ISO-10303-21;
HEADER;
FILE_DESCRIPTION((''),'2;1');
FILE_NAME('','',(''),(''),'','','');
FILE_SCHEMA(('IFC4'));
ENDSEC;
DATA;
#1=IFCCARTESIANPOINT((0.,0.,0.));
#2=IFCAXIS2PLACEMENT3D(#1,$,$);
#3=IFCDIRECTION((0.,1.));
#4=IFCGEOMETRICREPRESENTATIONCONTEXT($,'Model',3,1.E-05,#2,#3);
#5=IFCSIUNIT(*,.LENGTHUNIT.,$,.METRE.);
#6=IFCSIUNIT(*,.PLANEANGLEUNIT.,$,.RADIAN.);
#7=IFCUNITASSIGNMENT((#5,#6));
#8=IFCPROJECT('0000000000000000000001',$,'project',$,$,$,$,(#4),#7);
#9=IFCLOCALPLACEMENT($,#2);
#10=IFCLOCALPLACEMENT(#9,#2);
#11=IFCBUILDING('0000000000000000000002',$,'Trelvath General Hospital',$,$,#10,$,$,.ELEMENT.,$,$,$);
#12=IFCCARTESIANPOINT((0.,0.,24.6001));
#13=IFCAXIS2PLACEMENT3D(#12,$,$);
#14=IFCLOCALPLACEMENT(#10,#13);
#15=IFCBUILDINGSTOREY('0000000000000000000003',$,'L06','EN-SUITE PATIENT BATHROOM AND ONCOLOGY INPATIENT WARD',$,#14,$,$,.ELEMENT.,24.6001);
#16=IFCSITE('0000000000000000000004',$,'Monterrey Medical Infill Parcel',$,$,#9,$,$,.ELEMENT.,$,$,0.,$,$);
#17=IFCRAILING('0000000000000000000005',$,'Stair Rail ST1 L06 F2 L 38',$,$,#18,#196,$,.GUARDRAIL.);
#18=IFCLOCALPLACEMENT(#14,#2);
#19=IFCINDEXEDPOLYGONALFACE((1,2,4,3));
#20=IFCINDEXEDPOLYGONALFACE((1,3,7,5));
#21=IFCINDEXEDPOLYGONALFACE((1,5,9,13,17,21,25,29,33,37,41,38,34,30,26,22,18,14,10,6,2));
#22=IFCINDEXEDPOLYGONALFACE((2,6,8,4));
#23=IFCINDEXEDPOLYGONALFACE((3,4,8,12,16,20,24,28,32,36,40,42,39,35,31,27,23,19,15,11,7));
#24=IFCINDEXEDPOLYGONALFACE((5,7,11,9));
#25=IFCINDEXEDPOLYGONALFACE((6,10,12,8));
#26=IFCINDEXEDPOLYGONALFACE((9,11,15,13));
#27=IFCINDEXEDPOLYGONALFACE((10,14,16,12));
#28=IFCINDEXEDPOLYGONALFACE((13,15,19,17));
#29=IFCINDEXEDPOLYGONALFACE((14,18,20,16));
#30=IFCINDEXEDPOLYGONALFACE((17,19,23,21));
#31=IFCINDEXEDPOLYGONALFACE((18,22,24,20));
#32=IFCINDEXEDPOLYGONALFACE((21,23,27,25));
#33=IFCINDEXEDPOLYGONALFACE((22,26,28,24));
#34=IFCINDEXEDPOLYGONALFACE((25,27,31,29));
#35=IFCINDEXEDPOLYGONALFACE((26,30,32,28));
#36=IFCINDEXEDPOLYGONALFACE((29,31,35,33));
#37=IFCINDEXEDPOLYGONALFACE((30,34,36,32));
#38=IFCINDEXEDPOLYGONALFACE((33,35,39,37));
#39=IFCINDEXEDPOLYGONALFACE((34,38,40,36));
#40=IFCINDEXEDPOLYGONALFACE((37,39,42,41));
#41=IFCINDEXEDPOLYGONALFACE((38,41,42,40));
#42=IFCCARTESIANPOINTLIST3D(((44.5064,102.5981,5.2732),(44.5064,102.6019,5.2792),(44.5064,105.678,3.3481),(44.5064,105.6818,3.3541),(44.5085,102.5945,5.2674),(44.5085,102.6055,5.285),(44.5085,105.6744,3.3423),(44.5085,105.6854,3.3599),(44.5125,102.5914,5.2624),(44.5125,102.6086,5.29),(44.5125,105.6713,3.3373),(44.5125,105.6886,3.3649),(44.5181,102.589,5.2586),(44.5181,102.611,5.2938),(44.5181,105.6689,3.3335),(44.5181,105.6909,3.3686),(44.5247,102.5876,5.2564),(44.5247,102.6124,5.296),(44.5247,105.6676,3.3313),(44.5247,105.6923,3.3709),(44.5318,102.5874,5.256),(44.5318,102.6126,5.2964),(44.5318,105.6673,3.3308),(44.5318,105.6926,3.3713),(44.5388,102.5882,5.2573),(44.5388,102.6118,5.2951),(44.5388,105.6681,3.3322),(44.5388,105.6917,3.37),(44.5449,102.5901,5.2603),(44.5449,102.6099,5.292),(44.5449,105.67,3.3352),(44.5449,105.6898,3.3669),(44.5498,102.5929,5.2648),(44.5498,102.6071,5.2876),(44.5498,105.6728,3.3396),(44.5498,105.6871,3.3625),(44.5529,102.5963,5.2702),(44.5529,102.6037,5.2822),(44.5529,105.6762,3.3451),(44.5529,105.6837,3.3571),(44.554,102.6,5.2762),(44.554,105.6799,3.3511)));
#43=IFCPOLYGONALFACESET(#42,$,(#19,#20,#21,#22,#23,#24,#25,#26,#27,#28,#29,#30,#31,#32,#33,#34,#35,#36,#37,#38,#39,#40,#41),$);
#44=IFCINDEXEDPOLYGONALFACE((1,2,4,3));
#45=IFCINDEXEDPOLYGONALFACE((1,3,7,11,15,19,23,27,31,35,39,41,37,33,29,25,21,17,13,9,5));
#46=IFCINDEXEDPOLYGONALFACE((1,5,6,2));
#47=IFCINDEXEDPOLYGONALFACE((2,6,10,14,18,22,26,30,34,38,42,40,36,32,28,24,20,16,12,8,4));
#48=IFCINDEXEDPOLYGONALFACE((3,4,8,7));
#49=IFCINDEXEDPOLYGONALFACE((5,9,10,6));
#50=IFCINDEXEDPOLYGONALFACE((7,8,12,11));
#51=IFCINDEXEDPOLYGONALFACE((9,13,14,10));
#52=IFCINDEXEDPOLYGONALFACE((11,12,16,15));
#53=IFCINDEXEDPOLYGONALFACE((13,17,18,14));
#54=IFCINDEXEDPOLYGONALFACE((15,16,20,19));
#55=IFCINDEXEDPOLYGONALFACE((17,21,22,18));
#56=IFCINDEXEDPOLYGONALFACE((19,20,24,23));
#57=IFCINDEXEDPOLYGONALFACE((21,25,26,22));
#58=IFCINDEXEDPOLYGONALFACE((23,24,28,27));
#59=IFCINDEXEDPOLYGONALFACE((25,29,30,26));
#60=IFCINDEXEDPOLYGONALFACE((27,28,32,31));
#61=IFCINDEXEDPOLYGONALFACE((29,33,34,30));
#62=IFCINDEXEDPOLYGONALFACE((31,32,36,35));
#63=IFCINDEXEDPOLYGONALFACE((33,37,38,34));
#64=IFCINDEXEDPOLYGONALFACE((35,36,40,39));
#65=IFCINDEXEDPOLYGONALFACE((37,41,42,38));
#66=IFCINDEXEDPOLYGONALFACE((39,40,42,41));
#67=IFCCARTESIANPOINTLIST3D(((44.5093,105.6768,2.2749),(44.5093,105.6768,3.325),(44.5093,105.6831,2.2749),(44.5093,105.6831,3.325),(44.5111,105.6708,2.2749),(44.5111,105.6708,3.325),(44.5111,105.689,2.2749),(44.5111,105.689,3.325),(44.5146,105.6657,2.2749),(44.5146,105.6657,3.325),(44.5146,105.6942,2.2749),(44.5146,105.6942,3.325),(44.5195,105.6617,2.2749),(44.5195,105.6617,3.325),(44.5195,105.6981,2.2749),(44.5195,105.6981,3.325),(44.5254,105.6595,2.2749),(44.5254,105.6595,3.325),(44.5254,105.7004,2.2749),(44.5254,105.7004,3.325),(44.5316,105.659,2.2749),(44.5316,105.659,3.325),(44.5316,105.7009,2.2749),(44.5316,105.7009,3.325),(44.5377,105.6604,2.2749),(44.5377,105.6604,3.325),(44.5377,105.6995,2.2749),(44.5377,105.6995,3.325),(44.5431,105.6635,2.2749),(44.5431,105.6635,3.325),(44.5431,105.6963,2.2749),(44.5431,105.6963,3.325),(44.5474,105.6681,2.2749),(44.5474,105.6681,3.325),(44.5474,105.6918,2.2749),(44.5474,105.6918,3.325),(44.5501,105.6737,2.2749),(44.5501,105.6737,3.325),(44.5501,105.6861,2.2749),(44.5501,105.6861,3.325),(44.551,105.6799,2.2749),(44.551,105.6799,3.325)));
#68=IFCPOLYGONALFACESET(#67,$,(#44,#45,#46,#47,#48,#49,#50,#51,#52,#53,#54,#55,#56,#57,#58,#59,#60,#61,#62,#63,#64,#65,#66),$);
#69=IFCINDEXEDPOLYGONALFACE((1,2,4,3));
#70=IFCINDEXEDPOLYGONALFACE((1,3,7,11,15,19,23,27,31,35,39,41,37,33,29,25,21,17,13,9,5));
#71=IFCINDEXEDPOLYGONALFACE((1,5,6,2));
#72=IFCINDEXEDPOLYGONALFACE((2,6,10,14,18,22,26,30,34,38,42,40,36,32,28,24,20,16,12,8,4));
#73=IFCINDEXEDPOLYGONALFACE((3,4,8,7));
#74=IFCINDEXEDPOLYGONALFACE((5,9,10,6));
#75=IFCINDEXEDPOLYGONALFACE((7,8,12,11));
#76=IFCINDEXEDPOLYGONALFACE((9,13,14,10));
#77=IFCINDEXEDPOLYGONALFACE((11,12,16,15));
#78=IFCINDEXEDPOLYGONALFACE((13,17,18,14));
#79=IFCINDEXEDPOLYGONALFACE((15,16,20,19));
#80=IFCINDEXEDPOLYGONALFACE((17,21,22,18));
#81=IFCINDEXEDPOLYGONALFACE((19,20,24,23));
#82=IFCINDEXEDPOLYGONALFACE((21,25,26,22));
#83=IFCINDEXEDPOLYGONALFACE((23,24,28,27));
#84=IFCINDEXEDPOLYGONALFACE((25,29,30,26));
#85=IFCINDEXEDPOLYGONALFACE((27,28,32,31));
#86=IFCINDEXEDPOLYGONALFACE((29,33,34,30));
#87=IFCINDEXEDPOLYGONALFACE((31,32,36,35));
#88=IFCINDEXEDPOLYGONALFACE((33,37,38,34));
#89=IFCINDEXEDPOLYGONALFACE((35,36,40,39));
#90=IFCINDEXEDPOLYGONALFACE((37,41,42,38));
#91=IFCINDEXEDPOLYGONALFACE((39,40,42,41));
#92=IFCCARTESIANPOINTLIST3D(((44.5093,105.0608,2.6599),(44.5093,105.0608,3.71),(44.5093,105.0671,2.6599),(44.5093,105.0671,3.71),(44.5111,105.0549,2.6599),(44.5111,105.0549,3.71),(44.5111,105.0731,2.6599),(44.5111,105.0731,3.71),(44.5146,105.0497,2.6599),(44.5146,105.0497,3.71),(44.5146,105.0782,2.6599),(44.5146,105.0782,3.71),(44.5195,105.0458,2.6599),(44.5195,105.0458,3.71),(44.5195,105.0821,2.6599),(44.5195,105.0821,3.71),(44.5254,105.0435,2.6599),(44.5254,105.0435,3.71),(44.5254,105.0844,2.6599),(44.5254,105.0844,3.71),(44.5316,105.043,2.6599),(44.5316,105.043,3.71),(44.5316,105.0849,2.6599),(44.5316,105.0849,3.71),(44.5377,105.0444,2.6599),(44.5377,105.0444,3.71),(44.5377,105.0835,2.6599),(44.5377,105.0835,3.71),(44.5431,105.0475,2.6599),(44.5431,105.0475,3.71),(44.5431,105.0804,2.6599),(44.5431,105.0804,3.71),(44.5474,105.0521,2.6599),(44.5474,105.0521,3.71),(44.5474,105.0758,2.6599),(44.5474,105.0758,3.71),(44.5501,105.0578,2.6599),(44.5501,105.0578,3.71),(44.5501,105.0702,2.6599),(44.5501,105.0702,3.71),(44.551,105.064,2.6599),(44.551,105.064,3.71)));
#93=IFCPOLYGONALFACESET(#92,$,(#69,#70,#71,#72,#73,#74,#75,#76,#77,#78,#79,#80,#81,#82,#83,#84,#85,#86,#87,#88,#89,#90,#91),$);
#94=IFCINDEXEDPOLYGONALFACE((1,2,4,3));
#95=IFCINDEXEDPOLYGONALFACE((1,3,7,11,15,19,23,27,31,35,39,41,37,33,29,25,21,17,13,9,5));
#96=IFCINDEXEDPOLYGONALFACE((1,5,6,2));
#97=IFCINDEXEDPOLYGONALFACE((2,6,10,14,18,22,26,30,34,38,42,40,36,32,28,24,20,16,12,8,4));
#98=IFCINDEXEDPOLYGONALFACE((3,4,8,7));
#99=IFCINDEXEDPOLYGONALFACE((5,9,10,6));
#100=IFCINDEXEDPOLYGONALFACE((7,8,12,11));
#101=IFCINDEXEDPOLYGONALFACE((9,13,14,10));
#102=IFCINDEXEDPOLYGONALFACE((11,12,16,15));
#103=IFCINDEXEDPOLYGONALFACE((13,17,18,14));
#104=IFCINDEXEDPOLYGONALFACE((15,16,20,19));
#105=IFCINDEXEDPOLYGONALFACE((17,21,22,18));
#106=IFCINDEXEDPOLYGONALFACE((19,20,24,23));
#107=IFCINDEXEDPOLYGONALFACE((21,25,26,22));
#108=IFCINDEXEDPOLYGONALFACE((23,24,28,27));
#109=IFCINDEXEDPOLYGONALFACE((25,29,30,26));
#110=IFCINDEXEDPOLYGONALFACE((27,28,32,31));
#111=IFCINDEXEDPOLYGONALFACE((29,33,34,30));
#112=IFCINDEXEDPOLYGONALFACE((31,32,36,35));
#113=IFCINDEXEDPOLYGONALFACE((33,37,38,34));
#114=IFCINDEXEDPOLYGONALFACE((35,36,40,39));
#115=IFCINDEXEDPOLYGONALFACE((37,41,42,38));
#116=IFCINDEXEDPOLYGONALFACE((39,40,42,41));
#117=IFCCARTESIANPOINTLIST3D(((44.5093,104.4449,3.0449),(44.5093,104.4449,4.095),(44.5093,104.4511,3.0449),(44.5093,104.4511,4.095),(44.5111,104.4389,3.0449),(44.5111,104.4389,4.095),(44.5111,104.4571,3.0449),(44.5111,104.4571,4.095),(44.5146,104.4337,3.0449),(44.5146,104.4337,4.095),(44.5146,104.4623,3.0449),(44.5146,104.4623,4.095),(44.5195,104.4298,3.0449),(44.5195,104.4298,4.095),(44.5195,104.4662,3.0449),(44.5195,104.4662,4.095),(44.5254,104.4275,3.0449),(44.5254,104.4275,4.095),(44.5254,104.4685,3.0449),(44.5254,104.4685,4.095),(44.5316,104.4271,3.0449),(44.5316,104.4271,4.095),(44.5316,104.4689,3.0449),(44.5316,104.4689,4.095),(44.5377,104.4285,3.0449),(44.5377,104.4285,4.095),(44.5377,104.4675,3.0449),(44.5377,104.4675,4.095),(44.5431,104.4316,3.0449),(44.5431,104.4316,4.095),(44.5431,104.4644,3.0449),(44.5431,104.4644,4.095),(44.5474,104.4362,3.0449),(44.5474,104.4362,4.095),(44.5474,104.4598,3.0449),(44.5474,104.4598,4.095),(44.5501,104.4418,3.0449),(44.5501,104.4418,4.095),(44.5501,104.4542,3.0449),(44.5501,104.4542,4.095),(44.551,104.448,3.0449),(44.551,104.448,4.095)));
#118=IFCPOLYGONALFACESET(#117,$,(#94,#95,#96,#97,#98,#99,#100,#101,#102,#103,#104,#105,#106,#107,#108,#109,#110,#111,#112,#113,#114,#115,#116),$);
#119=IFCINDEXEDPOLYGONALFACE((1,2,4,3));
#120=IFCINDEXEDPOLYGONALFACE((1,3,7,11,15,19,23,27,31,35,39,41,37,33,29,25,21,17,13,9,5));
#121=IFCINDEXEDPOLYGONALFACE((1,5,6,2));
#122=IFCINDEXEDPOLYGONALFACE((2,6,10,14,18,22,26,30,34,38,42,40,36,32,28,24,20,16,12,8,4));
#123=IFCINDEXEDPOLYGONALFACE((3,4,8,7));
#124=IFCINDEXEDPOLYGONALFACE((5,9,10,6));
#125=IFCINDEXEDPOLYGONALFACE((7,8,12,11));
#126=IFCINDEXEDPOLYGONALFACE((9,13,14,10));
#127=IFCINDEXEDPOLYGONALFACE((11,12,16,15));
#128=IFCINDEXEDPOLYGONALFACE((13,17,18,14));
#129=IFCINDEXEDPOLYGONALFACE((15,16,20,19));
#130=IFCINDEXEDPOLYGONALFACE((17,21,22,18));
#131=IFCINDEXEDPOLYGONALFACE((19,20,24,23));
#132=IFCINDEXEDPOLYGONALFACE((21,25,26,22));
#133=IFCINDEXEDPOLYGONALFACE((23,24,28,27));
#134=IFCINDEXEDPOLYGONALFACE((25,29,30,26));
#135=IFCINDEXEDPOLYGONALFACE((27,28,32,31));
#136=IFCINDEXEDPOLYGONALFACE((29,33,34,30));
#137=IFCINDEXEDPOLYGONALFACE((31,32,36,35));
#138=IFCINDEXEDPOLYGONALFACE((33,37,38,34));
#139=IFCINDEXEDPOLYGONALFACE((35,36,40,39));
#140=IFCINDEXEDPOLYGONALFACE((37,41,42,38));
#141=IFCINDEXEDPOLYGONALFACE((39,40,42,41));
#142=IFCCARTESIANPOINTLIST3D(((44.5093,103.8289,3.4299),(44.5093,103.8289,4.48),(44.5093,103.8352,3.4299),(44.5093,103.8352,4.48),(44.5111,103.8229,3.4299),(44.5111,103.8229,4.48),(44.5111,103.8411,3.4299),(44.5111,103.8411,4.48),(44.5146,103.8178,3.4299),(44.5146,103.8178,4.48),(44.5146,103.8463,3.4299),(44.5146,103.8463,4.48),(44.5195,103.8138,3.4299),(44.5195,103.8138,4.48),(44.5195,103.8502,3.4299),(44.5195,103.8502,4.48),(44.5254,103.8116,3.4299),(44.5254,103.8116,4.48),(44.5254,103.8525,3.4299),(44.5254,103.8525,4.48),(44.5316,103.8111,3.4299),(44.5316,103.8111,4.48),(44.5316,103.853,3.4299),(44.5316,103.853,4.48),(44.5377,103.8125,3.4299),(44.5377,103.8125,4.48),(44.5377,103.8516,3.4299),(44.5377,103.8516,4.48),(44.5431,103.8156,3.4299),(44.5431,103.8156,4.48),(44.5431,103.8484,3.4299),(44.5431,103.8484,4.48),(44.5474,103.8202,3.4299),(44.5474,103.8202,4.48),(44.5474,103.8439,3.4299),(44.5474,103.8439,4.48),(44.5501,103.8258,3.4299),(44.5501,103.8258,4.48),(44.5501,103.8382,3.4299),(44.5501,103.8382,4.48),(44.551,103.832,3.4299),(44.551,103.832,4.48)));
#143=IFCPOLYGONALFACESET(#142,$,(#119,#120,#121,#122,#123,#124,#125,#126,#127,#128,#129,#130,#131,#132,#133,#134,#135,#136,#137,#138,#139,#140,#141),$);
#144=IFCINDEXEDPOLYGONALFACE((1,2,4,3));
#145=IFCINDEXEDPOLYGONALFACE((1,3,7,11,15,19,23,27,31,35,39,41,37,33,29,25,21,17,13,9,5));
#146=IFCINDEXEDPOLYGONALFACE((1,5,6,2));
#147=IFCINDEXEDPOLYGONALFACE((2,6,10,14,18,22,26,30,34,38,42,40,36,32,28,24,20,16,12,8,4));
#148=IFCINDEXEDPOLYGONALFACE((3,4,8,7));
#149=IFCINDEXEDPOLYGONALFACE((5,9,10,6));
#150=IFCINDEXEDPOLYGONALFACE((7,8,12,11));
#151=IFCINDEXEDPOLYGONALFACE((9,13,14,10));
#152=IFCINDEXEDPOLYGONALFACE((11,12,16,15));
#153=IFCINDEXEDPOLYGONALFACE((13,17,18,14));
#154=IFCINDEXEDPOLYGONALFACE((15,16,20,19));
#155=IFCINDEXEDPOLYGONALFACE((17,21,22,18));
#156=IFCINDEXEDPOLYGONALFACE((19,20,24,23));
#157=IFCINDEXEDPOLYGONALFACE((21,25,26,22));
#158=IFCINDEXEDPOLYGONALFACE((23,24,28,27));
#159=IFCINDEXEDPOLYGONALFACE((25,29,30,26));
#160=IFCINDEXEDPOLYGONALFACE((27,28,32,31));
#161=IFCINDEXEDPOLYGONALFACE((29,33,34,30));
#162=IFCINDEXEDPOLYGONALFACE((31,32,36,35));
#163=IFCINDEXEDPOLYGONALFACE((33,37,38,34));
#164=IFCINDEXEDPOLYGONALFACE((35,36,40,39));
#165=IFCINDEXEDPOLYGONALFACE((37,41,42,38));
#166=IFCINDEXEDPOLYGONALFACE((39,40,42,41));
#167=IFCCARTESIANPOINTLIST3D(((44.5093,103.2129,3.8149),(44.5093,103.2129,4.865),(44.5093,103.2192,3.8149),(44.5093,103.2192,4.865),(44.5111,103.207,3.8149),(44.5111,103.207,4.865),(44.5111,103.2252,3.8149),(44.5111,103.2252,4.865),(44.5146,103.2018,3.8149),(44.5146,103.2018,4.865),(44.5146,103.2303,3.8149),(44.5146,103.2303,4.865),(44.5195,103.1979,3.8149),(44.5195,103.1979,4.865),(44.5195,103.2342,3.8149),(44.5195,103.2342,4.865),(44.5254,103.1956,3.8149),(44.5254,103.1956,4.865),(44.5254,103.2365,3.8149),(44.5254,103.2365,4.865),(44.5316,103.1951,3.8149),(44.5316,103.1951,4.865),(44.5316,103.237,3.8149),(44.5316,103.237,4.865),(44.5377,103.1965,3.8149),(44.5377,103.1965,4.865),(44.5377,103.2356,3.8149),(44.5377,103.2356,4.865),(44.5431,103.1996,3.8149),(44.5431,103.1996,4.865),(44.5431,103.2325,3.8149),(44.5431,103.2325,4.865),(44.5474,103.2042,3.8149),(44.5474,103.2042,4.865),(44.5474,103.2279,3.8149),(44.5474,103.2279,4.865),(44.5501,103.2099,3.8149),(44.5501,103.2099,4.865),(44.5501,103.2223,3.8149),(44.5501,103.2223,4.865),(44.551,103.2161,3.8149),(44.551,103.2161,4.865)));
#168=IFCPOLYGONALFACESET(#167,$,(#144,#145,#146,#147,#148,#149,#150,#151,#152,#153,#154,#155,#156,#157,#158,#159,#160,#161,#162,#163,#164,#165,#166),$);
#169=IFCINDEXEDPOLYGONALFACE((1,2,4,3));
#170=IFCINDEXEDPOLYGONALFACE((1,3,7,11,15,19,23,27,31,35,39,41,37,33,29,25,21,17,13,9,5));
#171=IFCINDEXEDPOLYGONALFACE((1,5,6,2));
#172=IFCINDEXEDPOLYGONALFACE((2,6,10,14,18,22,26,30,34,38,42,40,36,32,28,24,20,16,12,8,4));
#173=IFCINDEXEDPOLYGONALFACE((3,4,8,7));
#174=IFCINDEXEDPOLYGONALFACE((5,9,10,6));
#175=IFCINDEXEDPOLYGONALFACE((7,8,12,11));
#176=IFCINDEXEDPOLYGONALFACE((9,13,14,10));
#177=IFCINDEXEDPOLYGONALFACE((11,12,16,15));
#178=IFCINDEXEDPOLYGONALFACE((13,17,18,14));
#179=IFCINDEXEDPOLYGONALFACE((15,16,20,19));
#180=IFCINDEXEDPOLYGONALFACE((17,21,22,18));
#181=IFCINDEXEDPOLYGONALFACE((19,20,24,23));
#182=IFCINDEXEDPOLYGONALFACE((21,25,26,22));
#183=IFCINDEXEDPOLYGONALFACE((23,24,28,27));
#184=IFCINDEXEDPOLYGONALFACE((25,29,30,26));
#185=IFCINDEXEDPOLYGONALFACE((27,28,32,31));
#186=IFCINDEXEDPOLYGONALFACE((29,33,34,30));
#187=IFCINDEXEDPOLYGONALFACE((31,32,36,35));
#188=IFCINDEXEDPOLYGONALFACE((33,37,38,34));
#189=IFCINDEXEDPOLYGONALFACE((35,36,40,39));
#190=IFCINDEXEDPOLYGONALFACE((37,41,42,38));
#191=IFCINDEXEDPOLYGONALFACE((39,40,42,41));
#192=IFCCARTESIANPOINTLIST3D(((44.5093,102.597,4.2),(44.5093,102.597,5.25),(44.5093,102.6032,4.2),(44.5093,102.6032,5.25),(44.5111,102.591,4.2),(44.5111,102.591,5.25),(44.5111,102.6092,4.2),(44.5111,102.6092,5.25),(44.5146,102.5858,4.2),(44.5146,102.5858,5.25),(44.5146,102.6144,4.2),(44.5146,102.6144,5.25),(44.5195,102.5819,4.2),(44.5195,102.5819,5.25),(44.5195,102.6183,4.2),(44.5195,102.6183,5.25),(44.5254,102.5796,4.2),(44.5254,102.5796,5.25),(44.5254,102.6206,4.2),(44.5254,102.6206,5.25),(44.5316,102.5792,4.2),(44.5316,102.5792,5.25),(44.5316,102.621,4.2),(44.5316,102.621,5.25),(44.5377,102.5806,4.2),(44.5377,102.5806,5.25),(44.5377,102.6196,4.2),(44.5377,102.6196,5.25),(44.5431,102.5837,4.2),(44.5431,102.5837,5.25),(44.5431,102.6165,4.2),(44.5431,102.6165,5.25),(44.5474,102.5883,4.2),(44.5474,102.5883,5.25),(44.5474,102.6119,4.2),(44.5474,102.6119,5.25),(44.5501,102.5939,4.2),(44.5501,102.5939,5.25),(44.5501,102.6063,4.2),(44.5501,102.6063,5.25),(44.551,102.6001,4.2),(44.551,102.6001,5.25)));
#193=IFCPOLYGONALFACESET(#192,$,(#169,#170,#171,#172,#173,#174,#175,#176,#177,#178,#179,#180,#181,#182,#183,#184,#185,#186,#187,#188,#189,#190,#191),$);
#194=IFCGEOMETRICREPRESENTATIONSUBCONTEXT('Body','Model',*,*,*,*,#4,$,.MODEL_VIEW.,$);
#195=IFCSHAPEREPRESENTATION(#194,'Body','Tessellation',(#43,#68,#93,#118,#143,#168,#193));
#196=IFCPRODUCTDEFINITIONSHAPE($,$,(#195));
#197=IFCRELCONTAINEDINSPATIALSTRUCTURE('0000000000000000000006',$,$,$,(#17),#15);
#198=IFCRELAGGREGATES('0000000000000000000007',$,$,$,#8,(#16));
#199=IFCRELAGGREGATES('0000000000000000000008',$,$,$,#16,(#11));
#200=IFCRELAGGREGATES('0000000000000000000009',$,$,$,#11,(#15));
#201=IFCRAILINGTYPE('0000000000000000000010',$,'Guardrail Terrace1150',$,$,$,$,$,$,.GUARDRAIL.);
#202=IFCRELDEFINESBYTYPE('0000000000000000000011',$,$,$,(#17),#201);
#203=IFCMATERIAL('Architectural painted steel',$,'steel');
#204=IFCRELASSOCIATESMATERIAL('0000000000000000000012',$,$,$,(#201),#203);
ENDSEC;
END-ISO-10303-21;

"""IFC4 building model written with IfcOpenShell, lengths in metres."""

from ifc_helpers import new_model, si_unit, direction, frame, origin, origin_2d, place, context, subcontext, project, spatial, circle, extrude, material, type_object, element, save


model = new_model("IFC4")

# Units and contexts
model_context = context("Model", 3, precision=1e-05, world=origin(), true_north=direction((0.0, 1.0)))
body_context = subcontext(model_context, "Body", "Model", "MODEL_VIEW")
ifc_project = project(units=[si_unit("LENGTHUNIT", "METRE"), si_unit("PLANEANGLEUNIT", "RADIAN")], contexts=[model_context])

# Site, building, storey
site_placement = place(None, origin())
site = spatial("IfcSite", under=ifc_project, at=site_placement, Name="Monterrey Medical Infill Parcel", CompositionType="ELEMENT", RefElevation=0.0)
building_placement = place(site_placement, origin())
building = spatial("IfcBuilding", under=site, at=building_placement, Name="Trelvath General Hospital", CompositionType="ELEMENT")
storey_placement = place(building_placement, frame((0.0, 0.0, 24.6001)))
storey = spatial("IfcBuildingStorey", under=building, at=storey_placement, Name="L06", Description="EN-SUITE PATIENT BATHROOM AND ONCOLOGY INPATIENT WARD", CompositionType="ELEMENT", Elevation=24.6001)

# Railing
ifc_material_1 = material(Name="Architectural painted steel", Category="steel")
railing_type_1 = type_object("IfcRailingType", Name="Guardrail Terrace1150", PredefinedType="GUARDRAIL", material=ifc_material_1)
railing_1_placement = place(storey_placement, frame((44.53, 105.6799, 2.2749)))
element("IfcRailing", 1, at=railing_1_placement, inside=storey, type_object=railing_type_1, Name="Stair Rail ST1 L06 F2 L 38", PredefinedType="GUARDRAIL", context=body_context, shape_type="SweptSolid", body=[
    extrude(circle(Radius=0.0239, at=origin_2d()), frame((0.0, 0.0, 1.0762), z_axis=(0.0, -0.847979, 0.530029), x_axis=(1.0, 0.0, 0.0)), (0.0, 0.0, 1.0), 3.6321),
    extrude(circle(Radius=0.021, at=origin_2d()), origin(), (0.0, 0.0, 1.0), 1.05),
    extrude(circle(Radius=0.021, at=origin_2d()), frame((0.0, -0.616, 0.385)), (0.0, 0.0, 1.0), 1.05),
    extrude(circle(Radius=0.021, at=origin_2d()), frame((0.0, -1.2319, 0.77)), (0.0, 0.0, 1.0), 1.05),
    extrude(circle(Radius=0.021, at=origin_2d()), frame((0.0, -1.8479, 1.155)), (0.0, 0.0, 1.0), 1.05),
    extrude(circle(Radius=0.021, at=origin_2d()), frame((0.0, -2.4639, 1.54)), (0.0, 0.0, 1.0), 1.05),
    extrude(circle(Radius=0.021, at=origin_2d()), frame((0.0, -3.0798, 1.925)), (0.0, 0.0, 1.0), 1.05),
])

save(model, "model.ifc")
